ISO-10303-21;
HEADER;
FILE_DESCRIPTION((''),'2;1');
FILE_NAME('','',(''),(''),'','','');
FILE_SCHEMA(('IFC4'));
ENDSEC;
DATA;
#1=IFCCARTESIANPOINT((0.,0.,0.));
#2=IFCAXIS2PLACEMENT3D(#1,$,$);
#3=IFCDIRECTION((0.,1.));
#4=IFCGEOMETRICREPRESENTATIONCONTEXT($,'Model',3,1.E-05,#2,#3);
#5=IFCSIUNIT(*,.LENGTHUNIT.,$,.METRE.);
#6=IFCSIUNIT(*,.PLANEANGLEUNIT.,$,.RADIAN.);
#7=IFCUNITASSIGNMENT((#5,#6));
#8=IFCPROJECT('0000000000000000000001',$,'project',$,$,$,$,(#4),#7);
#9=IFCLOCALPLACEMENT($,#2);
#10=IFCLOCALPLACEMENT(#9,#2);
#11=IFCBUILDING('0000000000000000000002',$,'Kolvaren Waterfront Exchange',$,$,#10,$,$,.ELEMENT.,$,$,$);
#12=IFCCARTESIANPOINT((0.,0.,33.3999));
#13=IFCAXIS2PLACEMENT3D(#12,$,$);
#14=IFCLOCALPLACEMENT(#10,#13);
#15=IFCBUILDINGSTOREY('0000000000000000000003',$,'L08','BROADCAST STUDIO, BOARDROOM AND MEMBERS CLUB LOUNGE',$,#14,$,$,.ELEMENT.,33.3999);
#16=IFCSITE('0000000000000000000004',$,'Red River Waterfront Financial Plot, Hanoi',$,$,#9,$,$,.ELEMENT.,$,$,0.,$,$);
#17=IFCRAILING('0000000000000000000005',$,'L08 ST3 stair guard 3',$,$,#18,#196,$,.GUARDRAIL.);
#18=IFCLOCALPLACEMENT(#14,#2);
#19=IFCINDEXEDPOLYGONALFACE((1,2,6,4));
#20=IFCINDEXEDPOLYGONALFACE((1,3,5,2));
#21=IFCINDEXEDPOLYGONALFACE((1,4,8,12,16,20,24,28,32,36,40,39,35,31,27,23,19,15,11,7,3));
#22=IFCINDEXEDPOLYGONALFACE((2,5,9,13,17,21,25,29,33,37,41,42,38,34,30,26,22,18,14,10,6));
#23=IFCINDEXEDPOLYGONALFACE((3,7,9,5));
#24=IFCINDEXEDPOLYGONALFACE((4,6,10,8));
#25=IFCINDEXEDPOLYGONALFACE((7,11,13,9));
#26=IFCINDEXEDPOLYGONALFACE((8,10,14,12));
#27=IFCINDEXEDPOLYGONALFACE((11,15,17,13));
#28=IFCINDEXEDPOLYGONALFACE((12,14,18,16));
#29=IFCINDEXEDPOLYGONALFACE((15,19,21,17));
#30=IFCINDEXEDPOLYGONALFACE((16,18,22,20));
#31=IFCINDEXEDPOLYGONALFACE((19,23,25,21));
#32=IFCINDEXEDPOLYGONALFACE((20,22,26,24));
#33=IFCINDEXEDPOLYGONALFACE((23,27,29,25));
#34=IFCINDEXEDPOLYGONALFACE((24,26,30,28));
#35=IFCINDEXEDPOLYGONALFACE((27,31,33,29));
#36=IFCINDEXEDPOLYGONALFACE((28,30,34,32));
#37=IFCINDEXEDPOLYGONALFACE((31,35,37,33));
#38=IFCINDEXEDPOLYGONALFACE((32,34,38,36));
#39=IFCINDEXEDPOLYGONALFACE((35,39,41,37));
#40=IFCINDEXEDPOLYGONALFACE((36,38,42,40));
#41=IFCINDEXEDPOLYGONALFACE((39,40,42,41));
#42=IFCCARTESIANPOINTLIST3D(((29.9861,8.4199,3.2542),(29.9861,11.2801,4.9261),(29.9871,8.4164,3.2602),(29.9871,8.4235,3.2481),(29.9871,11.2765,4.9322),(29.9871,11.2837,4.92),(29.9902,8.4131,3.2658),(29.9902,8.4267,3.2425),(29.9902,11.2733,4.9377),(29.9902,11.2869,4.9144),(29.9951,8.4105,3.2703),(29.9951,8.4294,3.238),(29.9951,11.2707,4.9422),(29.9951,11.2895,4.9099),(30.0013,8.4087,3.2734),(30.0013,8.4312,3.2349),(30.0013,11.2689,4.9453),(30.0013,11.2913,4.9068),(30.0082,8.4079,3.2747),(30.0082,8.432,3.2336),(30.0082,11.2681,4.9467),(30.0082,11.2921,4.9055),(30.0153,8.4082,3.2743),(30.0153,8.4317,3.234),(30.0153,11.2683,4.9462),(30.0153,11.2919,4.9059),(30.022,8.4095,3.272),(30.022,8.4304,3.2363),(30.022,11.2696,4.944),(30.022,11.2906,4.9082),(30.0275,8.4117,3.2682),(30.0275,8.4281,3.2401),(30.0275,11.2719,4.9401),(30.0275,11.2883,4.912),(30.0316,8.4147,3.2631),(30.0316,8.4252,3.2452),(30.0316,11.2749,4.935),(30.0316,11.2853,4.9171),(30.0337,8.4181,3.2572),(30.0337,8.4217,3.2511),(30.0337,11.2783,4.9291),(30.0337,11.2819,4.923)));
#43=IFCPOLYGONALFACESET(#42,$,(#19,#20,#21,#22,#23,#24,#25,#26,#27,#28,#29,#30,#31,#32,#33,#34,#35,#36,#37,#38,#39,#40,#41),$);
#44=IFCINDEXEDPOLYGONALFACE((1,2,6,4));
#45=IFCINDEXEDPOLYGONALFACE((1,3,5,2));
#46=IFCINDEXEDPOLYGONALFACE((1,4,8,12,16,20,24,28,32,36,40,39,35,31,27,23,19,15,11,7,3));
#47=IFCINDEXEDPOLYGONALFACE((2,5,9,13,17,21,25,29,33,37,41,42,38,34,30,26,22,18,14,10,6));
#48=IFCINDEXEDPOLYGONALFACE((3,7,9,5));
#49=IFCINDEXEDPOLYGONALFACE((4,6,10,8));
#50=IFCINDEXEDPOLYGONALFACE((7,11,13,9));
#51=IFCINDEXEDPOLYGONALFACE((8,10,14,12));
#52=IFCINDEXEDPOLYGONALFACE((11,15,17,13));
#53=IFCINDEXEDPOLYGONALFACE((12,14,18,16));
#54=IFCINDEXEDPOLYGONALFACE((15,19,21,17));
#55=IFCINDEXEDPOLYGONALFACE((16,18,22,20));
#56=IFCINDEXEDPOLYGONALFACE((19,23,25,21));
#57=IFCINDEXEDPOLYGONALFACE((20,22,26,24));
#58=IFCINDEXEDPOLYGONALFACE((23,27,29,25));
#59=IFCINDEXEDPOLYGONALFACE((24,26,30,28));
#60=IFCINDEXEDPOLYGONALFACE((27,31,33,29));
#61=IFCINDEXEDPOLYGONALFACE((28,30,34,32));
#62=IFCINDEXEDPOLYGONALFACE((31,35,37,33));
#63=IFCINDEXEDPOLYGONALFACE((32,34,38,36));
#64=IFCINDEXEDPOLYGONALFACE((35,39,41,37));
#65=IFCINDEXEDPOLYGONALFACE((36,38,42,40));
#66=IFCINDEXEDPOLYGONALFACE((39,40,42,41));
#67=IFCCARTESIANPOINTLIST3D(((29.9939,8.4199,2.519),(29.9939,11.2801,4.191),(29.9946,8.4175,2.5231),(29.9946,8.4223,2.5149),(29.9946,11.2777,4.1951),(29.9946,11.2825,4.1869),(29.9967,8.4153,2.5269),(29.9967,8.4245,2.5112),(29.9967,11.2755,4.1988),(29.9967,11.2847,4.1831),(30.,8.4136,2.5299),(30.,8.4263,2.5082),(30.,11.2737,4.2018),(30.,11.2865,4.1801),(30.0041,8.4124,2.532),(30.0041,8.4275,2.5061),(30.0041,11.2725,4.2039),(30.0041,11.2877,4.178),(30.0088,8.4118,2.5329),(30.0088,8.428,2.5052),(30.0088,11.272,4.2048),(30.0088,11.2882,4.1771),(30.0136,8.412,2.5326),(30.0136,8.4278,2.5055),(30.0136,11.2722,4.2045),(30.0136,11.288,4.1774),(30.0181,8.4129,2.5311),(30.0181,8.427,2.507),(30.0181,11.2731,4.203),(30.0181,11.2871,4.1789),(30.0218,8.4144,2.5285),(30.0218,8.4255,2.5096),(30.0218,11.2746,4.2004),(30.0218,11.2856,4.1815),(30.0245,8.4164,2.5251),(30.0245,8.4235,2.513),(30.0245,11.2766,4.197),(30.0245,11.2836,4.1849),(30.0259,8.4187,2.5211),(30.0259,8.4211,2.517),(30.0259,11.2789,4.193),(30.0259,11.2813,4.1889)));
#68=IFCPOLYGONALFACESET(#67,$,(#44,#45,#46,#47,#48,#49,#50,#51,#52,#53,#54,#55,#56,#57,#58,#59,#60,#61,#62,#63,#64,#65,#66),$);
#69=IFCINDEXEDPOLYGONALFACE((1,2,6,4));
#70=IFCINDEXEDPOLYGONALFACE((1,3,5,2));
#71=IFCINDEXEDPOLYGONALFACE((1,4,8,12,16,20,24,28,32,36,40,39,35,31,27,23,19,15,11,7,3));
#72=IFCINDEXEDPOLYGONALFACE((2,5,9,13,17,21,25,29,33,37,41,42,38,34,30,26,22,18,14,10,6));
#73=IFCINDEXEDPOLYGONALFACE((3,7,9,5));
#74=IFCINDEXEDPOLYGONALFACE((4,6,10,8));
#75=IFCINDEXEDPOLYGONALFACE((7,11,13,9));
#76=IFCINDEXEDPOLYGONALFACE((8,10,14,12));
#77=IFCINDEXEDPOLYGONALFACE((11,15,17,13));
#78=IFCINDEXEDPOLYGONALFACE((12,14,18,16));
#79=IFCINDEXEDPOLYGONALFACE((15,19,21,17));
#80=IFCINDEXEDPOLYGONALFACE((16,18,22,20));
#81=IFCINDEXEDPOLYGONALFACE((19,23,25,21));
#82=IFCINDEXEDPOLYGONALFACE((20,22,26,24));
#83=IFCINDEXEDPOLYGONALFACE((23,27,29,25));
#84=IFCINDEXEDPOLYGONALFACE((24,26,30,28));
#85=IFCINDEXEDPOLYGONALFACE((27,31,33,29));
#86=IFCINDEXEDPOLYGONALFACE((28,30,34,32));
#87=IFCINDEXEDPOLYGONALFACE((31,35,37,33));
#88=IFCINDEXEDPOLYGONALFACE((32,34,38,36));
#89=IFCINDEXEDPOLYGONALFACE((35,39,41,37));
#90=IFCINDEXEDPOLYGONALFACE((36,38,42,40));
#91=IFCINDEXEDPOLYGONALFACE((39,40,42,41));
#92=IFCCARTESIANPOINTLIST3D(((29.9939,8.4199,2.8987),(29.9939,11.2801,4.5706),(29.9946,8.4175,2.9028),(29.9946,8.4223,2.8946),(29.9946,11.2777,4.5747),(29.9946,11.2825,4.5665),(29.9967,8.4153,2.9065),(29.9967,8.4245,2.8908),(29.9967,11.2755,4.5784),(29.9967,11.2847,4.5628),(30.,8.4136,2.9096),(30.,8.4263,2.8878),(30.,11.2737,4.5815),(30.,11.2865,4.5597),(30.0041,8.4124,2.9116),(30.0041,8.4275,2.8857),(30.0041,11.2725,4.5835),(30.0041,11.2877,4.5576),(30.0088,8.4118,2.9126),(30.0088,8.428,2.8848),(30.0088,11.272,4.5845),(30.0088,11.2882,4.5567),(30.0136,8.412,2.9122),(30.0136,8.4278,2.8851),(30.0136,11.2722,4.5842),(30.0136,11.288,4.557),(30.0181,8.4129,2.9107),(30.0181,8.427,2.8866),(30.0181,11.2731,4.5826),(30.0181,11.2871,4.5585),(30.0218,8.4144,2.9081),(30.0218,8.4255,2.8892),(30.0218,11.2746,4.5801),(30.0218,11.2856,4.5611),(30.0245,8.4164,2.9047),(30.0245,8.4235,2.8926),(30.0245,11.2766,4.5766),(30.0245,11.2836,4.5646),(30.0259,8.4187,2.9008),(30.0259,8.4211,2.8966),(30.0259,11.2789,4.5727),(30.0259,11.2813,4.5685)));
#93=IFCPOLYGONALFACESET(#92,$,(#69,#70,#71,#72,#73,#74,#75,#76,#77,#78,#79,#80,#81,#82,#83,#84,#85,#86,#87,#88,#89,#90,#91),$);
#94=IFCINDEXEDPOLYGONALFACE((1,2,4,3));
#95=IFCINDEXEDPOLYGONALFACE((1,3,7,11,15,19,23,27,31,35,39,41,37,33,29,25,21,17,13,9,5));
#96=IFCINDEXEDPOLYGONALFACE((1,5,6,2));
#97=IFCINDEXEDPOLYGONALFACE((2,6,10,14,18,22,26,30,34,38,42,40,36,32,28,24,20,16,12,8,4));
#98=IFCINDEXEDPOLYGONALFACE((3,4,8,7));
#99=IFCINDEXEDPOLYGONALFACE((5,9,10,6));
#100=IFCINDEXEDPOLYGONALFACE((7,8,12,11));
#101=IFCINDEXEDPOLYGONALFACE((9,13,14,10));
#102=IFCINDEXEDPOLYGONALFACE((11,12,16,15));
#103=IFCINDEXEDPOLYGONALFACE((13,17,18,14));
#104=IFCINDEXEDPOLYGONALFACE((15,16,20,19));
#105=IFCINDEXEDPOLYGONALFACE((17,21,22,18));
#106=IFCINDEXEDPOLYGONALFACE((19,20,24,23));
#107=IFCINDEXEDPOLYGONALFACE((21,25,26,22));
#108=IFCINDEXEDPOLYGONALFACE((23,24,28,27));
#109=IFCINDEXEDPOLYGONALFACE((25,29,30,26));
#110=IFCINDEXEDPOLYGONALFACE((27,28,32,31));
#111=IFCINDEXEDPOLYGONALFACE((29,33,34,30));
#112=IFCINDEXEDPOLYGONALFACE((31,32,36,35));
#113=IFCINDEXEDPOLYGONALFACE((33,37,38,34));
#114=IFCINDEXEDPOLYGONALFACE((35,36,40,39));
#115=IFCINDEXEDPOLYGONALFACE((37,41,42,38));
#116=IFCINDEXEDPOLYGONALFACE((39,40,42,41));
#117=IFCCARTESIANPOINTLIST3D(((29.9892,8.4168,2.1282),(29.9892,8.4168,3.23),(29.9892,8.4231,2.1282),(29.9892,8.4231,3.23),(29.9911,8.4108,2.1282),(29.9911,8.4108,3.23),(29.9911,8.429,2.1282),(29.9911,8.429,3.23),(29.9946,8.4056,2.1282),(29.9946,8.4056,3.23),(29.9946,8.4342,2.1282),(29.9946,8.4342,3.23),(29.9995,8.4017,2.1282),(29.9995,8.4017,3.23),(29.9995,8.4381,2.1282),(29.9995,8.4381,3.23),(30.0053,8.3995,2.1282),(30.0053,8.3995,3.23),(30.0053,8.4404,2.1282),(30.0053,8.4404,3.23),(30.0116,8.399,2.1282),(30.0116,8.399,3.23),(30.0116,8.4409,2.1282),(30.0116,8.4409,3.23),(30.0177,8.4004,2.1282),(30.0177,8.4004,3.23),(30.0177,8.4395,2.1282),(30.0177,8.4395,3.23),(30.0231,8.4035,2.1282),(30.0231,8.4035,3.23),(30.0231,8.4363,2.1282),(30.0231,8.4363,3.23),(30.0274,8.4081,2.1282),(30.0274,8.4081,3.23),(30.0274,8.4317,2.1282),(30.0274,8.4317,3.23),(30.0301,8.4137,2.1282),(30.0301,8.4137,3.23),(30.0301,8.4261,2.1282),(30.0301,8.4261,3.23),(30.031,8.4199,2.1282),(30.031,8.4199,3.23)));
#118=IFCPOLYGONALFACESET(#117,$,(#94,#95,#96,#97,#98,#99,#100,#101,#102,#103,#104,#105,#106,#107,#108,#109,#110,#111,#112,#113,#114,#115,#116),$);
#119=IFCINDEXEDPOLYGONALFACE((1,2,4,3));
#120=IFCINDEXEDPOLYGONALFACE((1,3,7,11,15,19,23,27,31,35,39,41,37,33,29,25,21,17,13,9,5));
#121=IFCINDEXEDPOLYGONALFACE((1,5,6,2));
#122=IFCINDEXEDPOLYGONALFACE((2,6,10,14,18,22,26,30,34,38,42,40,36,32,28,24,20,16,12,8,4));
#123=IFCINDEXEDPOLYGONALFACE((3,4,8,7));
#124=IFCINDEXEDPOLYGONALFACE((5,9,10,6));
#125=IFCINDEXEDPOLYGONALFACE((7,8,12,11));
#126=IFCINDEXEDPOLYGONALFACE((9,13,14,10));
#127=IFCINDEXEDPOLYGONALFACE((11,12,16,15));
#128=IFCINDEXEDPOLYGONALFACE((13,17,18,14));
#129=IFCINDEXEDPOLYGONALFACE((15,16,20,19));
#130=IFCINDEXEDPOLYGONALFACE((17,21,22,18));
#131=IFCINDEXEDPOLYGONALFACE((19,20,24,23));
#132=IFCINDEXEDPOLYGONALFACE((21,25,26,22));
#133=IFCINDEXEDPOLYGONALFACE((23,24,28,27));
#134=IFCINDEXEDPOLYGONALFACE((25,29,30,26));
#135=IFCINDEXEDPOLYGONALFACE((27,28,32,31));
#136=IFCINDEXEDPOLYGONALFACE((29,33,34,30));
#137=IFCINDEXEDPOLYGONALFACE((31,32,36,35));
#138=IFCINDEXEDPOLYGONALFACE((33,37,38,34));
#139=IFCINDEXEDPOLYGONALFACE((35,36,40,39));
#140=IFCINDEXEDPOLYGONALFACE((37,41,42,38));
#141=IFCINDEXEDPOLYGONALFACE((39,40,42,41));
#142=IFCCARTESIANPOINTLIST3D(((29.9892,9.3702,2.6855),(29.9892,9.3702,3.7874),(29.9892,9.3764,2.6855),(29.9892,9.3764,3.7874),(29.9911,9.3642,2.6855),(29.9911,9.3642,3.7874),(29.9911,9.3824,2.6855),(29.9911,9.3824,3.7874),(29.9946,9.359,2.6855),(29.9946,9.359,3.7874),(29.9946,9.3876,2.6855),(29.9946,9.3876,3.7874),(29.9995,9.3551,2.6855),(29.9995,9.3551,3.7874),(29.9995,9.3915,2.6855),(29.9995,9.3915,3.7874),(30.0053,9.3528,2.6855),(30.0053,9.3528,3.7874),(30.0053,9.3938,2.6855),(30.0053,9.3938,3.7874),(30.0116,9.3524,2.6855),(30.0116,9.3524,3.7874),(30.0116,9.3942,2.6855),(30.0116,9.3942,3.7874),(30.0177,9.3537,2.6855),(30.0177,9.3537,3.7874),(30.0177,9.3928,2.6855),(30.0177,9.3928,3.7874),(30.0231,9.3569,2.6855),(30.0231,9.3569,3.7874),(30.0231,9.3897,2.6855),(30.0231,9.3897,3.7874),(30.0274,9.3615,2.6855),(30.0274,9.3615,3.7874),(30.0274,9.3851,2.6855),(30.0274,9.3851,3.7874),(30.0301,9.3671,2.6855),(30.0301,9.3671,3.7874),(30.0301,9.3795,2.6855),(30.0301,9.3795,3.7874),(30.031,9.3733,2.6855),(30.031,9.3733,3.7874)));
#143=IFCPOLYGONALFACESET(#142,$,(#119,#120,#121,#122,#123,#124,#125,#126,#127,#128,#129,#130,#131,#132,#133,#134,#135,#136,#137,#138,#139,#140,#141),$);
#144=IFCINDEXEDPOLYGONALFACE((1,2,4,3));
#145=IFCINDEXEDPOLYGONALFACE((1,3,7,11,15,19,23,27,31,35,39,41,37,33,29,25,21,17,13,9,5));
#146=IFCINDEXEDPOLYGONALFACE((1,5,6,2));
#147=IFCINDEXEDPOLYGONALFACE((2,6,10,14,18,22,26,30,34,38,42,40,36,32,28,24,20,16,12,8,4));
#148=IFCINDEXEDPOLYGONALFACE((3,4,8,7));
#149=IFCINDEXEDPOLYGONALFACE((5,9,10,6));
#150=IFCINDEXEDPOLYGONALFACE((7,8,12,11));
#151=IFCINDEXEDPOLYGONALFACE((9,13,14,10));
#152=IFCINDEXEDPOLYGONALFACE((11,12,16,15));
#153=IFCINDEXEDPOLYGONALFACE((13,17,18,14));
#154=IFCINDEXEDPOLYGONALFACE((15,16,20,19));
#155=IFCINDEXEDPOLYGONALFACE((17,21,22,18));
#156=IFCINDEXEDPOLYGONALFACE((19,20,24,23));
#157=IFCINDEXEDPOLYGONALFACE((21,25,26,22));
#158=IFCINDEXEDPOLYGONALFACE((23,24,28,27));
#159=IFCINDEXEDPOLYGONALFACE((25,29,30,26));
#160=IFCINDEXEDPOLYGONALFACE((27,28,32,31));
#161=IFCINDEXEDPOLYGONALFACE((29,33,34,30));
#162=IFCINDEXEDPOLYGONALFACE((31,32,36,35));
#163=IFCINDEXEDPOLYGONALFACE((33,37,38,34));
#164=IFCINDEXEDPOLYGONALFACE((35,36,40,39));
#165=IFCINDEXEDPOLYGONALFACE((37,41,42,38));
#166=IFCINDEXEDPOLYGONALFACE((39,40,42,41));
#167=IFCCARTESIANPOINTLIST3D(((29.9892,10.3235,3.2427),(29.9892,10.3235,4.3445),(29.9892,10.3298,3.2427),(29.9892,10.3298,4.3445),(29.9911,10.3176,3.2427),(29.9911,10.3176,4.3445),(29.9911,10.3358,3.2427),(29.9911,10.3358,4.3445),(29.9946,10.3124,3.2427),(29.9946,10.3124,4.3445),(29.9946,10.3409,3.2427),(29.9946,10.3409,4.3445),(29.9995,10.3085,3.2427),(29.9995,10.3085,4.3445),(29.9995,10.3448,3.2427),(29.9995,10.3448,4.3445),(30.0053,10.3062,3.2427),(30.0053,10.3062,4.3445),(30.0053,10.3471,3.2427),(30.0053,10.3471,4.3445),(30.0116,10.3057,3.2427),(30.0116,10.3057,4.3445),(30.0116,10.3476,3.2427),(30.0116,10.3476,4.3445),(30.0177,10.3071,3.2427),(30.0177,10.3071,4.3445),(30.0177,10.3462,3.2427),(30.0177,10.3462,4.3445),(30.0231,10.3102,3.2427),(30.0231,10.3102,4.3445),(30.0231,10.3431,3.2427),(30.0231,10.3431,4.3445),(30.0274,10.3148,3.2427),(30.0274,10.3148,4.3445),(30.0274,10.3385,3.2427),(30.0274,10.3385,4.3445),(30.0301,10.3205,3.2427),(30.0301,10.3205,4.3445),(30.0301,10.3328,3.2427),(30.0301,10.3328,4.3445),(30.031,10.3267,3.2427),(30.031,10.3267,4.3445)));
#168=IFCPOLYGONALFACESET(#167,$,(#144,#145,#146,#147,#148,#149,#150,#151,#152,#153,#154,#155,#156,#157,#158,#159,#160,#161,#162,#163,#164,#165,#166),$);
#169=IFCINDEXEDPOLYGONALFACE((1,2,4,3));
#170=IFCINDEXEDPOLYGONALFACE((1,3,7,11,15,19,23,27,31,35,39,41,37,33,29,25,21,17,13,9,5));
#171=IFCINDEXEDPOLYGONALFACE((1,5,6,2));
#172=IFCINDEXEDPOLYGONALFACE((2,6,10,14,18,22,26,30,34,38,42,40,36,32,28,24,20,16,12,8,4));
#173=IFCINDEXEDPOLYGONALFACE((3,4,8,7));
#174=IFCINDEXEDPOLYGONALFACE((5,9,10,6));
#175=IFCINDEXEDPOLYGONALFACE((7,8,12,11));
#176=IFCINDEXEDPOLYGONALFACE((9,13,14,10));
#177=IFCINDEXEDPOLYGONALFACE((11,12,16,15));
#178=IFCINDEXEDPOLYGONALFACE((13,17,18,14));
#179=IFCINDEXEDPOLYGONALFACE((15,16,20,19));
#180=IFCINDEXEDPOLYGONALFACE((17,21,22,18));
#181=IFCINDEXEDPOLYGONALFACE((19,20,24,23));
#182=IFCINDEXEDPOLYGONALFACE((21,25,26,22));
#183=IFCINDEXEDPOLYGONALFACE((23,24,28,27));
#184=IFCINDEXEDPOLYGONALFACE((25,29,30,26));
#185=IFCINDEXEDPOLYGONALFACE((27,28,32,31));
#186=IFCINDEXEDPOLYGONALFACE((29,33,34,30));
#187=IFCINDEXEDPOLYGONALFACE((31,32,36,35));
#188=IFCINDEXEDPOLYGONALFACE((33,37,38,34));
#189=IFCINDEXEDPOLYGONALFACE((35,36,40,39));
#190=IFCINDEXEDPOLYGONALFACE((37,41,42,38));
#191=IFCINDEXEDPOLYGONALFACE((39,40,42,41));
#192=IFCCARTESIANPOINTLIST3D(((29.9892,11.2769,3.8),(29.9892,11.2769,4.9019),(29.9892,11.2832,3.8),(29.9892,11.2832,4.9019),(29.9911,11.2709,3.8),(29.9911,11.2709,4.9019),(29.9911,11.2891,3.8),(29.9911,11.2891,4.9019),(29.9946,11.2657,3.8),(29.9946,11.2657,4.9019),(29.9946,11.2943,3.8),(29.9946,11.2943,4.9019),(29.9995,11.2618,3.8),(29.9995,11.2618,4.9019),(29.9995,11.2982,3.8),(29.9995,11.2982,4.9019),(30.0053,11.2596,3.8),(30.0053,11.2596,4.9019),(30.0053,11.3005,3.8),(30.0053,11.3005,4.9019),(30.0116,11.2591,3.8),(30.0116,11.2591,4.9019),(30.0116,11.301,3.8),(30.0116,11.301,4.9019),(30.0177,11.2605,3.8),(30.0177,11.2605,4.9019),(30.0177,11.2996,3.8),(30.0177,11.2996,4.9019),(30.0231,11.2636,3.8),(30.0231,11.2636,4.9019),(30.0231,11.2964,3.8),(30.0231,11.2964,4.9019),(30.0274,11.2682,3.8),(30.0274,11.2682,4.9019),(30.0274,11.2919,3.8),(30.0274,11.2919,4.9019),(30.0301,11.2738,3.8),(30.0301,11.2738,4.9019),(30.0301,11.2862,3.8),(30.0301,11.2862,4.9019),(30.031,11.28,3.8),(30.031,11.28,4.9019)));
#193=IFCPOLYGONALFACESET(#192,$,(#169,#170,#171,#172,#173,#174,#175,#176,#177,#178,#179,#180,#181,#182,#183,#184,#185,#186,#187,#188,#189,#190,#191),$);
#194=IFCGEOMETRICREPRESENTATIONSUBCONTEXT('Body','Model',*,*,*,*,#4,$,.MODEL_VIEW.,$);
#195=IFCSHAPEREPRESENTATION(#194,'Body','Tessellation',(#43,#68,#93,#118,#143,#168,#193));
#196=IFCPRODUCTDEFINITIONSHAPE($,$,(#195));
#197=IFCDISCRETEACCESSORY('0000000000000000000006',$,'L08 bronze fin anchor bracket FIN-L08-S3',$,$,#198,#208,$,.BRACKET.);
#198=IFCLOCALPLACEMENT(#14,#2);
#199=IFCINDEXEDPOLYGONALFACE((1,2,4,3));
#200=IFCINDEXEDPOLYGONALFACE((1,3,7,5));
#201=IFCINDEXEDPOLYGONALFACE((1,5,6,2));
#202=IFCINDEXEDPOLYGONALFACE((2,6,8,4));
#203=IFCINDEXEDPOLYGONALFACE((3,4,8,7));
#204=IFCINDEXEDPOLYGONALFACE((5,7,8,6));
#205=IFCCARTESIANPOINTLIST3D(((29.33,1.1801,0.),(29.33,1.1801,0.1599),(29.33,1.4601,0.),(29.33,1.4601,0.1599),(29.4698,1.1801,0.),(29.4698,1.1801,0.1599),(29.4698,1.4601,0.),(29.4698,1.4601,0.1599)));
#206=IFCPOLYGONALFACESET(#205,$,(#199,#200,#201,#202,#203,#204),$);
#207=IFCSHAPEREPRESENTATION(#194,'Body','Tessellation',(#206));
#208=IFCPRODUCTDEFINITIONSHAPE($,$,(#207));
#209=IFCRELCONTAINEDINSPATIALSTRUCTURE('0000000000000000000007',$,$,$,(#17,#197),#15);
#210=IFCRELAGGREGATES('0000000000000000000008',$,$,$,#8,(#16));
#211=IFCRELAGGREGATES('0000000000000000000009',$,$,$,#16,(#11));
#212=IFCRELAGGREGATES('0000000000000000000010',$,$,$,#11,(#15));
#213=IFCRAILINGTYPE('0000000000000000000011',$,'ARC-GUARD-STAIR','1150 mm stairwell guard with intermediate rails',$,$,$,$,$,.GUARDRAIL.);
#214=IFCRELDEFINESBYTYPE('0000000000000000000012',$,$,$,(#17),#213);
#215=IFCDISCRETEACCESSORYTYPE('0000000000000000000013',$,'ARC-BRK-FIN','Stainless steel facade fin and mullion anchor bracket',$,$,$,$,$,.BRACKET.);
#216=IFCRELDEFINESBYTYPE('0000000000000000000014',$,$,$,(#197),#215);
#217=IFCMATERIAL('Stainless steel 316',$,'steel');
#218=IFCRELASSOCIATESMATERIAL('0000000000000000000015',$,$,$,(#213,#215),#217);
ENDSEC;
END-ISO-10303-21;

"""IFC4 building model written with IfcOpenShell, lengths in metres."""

from ifc_helpers import new_model, si_unit, direction, frame, origin, origin_with_axes, origin_2d, place, context, subcontext, project, spatial, rectangle, circle, extrude, source, transform, mapped, material, type_object, element, save


model = new_model("IFC4")

# Units and contexts
model_context = context("Model", 3, precision=1e-05, world=origin(), true_north=direction((0.0, 1.0)))
body_context = subcontext(model_context, "Body", "Model", "MODEL_VIEW")
ifc_project = project(units=[si_unit("LENGTHUNIT", "METRE"), si_unit("PLANEANGLEUNIT", "RADIAN")], contexts=[model_context])

# Site, building, storey
site_placement = place(None, origin())
site = spatial("IfcSite", under=ifc_project, at=site_placement, Name="Red River Waterfront Financial Plot, Hanoi", CompositionType="ELEMENT", RefElevation=0.0)
building_placement = place(site_placement, origin())
building = spatial("IfcBuilding", under=site, at=building_placement, Name="Kolvaren Waterfront Exchange", CompositionType="ELEMENT")
storey_placement = place(building_placement, frame((0.0, 0.0, 33.3999)))
storey = spatial("IfcBuildingStorey", under=building, at=storey_placement, Name="L08", Description="BROADCAST STUDIO, BOARDROOM AND MEMBERS CLUB LOUNGE", CompositionType="ELEMENT", Elevation=33.3999)

# Railing
ifc_material_1 = material(Name="Stainless steel 316", Category="steel")
railing_type = type_object("IfcRailingType", Name="ARC-GUARD-STAIR", Description="1150 mm stairwell guard with intermediate rails", PredefinedType="GUARDRAIL", material=ifc_material_1)
railing_1_placement = place(storey_placement, frame((30.01, 8.4199, 2.1282)))
element("IfcRailing", 1, at=railing_1_placement, inside=storey, type_object=railing_type, Name="L08 ST3 stair guard 3", PredefinedType="GUARDRAIL", context=body_context, shape_type="SweptSolid", body=[
    extrude(circle(Radius=0.0239, at=origin_2d()), frame((0.0, 0.0, 1.126), z_axis=(0.0, 0.863321, 0.504654), x_axis=(-1.0, 0.0, 0.0)), (0.0, 0.0, 1.0), 3.313),
    extrude(circle(Radius=0.0161, at=origin_2d()), frame((0.0, 0.0, 0.3909), z_axis=(0.0, 0.863321, 0.504654), x_axis=(-1.0, 0.0, 0.0)), (0.0, 0.0, 1.0), 3.313),
    extrude(circle(Radius=0.0161, at=origin_2d()), frame((0.0, 0.0, 0.7705), z_axis=(0.0, 0.863321, 0.504654), x_axis=(-1.0, 0.0, 0.0)), (0.0, 0.0, 1.0), 3.313),
    extrude(circle(Radius=0.021, at=origin_2d()), origin(), (0.0, 0.0, 1.0), 1.1018),
    extrude(circle(Radius=0.021, at=origin_2d()), frame((0.0, 0.9534, 0.5574)), (0.0, 0.0, 1.0), 1.1018),
    extrude(circle(Radius=0.021, at=origin_2d()), frame((0.0, 1.9067, 1.1145)), (0.0, 0.0, 1.0), 1.1018),
    extrude(circle(Radius=0.021, at=origin_2d()), frame((0.0, 2.8601, 1.6719)), (0.0, 0.0, 1.0), 1.1018),
])

# Discrete accessory
discrete_accessory_type = type_object("IfcDiscreteAccessoryType", Name="ARC-BRK-FIN", Description="Stainless steel facade fin and mullion anchor bracket", PredefinedType="BRACKET", material=ifc_material_1)
shared_shape_1 = source(origin_with_axes(), body_context, "Body", "SweptSolid", [
    extrude(rectangle(XDim=0.28, YDim=0.1399, at=origin_2d()), origin(), (0.0, 0.0, 1.0), 0.1599),
])
discrete_accessory_placement = place(storey_placement, frame((29.3999, 1.3201, 0.0), z_axis=(0.0, 0.0, 1.0), x_axis=(0.0, -1.0, 0.0)))
element("IfcDiscreteAccessory", 2, at=discrete_accessory_placement, inside=storey, type_object=discrete_accessory_type, Name="L08 bronze fin anchor bracket FIN-L08-S3", PredefinedType="BRACKET", context=body_context, shape_type="MappedRepresentation", body=[
    mapped(shared_shape_1, transform((0.0, 0.0, 0.0), x_axis=(1.0, 0.0, 0.0), y_axis=(0.0, 1.0, 0.0), z_axis=(0.0, 0.0, 1.0), scale=1.0)),
])

save(model, "model.ifc")
